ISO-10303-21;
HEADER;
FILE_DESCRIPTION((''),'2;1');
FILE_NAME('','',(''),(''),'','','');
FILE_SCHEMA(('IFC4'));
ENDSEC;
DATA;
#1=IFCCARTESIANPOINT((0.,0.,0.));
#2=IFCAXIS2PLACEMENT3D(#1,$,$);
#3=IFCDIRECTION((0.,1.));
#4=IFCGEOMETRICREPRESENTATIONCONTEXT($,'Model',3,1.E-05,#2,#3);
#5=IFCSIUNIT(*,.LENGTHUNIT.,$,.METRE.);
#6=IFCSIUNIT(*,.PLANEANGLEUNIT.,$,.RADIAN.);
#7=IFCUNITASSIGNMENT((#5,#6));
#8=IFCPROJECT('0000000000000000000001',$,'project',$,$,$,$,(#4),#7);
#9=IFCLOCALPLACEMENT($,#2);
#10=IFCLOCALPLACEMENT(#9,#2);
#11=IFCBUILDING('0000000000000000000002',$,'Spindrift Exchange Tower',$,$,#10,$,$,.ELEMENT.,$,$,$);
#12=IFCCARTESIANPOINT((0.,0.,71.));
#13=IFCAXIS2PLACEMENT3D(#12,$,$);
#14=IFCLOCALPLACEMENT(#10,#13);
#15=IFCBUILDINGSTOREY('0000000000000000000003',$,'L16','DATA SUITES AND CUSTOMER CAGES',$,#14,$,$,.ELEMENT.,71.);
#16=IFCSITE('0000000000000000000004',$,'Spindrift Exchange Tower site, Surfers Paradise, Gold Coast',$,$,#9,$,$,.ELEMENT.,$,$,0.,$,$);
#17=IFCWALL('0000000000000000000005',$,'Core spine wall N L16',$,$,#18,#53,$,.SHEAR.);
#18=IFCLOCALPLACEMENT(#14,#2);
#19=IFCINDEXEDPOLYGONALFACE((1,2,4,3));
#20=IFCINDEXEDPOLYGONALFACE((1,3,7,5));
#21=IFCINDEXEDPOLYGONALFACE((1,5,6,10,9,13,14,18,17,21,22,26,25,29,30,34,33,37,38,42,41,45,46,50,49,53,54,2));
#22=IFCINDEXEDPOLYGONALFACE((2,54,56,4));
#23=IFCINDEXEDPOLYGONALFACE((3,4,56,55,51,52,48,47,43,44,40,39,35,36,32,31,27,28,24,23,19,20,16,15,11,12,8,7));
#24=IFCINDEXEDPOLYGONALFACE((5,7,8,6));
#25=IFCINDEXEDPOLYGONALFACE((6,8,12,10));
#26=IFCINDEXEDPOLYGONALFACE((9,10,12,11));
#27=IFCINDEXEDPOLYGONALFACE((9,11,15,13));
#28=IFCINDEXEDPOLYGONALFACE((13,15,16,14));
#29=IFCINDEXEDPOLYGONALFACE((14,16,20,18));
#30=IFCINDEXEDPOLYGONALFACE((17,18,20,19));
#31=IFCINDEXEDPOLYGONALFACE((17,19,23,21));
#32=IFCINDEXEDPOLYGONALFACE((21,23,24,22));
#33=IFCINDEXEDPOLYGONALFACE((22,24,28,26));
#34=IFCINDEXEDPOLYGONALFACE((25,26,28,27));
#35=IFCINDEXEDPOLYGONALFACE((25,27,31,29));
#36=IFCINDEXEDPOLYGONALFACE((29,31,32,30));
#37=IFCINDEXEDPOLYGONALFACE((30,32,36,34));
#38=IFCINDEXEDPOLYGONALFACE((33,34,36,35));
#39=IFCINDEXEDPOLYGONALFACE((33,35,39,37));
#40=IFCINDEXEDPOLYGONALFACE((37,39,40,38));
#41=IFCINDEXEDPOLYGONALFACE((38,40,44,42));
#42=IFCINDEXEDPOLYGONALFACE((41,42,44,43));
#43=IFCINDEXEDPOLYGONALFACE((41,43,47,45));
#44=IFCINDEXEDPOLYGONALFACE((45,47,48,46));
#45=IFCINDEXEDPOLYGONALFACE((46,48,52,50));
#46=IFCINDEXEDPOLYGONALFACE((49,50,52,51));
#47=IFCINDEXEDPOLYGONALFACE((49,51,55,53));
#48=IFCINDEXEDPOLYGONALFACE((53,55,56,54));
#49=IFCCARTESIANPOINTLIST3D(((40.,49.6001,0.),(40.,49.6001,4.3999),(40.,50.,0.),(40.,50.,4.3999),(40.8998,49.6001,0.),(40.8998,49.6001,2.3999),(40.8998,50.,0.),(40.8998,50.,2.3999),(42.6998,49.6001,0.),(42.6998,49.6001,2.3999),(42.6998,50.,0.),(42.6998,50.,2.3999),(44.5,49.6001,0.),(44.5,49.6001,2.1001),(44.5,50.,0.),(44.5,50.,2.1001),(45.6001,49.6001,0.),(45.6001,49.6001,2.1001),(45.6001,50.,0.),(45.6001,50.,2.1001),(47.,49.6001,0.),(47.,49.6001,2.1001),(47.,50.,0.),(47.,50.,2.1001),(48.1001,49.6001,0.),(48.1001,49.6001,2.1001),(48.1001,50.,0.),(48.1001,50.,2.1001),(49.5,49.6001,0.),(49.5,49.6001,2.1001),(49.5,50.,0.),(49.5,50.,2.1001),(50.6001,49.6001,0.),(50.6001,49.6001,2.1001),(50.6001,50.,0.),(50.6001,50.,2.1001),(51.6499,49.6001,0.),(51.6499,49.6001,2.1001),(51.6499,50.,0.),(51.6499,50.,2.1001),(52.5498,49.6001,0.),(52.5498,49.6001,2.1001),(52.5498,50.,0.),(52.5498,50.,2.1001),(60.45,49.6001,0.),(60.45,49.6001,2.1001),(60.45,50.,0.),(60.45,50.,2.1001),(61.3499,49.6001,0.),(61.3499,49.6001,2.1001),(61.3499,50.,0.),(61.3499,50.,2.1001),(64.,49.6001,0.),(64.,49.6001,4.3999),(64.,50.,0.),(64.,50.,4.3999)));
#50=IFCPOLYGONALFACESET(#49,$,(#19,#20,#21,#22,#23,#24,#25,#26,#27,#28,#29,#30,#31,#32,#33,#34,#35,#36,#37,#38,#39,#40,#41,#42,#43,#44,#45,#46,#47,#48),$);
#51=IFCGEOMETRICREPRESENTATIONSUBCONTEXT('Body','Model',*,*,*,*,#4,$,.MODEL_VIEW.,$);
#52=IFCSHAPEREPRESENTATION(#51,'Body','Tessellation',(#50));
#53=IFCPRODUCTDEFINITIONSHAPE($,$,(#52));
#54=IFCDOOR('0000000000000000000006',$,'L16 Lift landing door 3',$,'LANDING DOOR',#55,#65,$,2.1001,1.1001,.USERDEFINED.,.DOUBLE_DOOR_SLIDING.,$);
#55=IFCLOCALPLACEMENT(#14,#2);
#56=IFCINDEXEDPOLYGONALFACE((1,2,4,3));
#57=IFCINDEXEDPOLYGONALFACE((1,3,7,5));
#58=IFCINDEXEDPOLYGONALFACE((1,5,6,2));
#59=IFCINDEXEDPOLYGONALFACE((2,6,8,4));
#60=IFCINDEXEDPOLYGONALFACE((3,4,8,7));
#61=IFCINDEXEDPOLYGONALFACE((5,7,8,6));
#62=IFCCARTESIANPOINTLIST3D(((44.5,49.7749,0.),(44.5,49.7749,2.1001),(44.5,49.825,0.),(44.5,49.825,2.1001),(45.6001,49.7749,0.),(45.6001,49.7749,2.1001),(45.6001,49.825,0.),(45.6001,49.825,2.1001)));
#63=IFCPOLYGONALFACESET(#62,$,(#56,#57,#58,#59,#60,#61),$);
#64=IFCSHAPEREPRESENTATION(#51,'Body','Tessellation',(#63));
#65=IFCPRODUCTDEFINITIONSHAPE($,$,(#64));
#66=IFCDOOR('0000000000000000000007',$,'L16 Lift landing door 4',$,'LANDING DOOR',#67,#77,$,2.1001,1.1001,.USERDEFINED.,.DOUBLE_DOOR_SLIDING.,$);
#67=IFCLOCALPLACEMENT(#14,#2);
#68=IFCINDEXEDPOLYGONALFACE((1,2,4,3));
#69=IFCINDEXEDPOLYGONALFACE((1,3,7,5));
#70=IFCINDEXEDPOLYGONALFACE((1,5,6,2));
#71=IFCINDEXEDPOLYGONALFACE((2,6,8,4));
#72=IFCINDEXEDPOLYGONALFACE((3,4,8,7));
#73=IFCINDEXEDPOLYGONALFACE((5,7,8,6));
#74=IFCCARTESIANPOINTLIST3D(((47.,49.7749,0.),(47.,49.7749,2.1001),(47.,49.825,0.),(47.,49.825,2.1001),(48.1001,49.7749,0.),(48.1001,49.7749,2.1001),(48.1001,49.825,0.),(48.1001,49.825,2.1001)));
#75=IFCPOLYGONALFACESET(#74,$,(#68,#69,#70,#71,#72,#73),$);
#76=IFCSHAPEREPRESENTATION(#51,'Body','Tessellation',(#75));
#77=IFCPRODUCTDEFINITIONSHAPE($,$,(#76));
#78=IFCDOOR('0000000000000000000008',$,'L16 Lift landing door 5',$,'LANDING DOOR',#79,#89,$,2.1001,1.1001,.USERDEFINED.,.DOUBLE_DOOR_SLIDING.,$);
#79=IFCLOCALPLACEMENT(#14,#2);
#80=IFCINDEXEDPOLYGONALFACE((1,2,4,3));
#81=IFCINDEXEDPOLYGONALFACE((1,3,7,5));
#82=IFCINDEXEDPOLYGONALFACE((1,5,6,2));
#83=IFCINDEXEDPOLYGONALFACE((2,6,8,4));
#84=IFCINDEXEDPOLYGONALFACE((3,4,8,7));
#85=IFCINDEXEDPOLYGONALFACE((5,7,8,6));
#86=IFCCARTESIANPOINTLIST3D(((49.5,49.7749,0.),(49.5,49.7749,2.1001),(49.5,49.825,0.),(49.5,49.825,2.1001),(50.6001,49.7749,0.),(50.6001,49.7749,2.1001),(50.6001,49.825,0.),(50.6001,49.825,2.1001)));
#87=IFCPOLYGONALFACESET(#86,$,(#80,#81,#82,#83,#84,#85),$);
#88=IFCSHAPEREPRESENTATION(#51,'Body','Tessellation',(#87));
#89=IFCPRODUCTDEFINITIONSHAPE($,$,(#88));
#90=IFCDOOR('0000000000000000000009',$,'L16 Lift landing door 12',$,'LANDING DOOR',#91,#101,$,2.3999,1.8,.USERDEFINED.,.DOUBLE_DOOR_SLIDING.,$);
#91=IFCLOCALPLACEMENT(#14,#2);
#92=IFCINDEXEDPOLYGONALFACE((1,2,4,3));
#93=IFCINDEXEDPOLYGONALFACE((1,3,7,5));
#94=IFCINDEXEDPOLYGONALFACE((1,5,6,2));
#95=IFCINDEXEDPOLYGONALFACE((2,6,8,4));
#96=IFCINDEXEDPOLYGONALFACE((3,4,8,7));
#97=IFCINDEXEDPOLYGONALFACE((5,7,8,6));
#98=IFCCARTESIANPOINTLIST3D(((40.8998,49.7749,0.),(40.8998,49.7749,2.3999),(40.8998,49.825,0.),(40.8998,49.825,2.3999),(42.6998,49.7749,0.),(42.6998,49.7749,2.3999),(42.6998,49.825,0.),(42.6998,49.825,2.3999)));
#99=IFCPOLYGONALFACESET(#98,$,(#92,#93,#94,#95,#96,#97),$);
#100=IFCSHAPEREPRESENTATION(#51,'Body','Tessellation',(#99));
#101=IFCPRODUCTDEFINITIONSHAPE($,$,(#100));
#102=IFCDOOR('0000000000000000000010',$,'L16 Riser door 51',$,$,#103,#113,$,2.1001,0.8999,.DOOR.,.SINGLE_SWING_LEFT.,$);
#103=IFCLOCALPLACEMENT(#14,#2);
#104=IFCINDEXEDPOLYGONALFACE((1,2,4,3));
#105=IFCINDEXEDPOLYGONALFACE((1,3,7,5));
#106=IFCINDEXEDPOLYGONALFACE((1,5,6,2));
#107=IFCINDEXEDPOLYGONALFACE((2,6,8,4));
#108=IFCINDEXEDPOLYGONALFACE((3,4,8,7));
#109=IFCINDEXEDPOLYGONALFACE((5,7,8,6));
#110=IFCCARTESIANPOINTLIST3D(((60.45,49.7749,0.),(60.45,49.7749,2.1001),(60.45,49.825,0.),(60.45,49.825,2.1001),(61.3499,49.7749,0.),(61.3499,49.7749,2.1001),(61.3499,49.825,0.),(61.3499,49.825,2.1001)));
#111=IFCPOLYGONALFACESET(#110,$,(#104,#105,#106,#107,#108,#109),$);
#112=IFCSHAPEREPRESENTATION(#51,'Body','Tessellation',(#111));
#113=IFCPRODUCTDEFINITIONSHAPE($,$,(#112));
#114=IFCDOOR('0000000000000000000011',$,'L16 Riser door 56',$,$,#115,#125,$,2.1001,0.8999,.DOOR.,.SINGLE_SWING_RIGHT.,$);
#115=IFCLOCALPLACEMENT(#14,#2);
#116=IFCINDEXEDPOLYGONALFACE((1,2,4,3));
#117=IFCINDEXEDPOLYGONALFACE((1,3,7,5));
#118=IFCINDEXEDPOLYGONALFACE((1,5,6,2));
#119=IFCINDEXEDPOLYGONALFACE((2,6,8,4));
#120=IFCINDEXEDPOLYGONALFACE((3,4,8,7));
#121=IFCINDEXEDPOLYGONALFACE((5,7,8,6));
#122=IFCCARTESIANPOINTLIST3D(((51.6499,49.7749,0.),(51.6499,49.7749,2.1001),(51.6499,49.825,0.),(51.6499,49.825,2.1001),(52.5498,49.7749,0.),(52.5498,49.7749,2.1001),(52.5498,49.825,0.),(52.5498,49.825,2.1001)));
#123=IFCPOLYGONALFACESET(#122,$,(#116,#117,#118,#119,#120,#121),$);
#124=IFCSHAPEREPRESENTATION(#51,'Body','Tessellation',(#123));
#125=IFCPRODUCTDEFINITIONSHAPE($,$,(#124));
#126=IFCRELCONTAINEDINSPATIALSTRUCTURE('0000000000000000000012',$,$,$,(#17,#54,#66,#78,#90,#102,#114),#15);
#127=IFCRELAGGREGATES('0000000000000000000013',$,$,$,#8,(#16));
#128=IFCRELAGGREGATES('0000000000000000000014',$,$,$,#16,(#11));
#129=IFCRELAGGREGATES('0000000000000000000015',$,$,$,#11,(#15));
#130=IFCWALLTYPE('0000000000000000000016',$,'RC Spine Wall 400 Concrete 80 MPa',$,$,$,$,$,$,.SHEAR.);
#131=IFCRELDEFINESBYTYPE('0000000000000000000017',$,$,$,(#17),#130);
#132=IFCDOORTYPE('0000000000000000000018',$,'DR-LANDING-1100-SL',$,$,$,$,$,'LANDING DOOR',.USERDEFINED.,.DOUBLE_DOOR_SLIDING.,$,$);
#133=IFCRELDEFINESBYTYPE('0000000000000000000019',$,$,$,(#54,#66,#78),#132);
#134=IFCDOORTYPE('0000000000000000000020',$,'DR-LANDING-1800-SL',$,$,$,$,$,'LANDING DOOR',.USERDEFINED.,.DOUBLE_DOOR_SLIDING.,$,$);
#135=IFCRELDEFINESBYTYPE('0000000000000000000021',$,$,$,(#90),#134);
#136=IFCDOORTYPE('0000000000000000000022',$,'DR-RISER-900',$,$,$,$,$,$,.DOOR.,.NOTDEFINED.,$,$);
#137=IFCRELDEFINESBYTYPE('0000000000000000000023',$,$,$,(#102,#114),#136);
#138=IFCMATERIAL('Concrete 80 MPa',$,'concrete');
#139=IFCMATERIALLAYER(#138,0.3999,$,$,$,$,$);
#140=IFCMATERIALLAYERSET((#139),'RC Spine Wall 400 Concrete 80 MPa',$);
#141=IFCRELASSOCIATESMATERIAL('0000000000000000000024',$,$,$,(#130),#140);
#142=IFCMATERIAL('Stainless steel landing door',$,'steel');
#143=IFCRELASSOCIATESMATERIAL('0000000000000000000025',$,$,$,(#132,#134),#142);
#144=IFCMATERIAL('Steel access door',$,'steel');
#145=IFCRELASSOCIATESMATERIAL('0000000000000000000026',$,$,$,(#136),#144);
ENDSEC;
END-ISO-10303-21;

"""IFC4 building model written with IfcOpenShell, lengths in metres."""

from ifc_helpers import new_model, si_unit, direction, frame, frame_2d, origin, place, context, subcontext, project, spatial, rectangle, extrude, source, transform, mapped, material, layer, layer_set, type_object, element, fill, save


model = new_model("IFC4")

# Units and contexts
model_context = context("Model", 3, precision=1e-05, world=origin(), true_north=direction((0.0, 1.0)))
body_context = subcontext(model_context, "Body", "Model", "MODEL_VIEW")
ifc_project = project(units=[si_unit("LENGTHUNIT", "METRE"), si_unit("PLANEANGLEUNIT", "RADIAN")], contexts=[model_context])

# Site, building, storey
site_placement = place(None, origin())
site = spatial("IfcSite", under=ifc_project, at=site_placement, Name="Spindrift Exchange Tower site, Surfers Paradise, Gold Coast", CompositionType="ELEMENT", RefElevation=0.0)
building_placement = place(site_placement, origin())
building = spatial("IfcBuilding", under=site, at=building_placement, Name="Spindrift Exchange Tower", CompositionType="ELEMENT")
storey_placement = place(building_placement, frame((0.0, 0.0, 71.0)))
storey = spatial("IfcBuildingStorey", under=building, at=storey_placement, Name="L16", Description="DATA SUITES AND CUSTOMER CAGES", CompositionType="ELEMENT", Elevation=71.0)

# Wall, openings, doors
ifc_material_1 = material(Name="Concrete 80 MPa", Category="concrete")
ifc_layer_1 = layer(ifc_material_1, 0.3999)
ifc_layer_set_1 = layer_set([ifc_layer_1], Name="RC Spine Wall 400 Concrete 80 MPa")
wall_type_1 = type_object("IfcWallType", Name="RC Spine Wall 400 Concrete 80 MPa", PredefinedType="SHEAR", material=ifc_layer_set_1)
wall_1_placement = place(storey_placement, frame((40.0, 49.8, 0.0), z_axis=(0.0, 0.0, 1.0), x_axis=(1.0, 0.0, 0.0)))
wall_1 = element("IfcWall", 1, at=wall_1_placement, inside=storey, type_object=wall_type_1, Name="Core spine wall N L16", PredefinedType="SHEAR", context=body_context, shape_type="SweptSolid", body=[
    extrude(rectangle(XDim=24.0, YDim=0.3999, at=frame_2d((12.0, 0.0))), origin(), (0.0, 0.0, 1.0), 4.3999),
])
opening_1_placement = place(wall_1_placement, frame((4.5, 0.0, 0.0)))
opening_1 = element("IfcOpeningElement", 2, at=opening_1_placement, cuts=wall_1, PredefinedType="OPENING", context=body_context, shape_type="SweptSolid", body=[
    extrude(rectangle(XDim=1.1001, YDim=2.1001, at=frame_2d((0.55, 1.05))), frame((0.0, 0.21, 0.0), z_axis=(0.0, -1.0, 0.0), x_axis=(1.0, 0.0, 0.0)), (0.0, 0.0, 1.0), 0.4199),
])
opening_2_placement = place(wall_1_placement, frame((7.0, 0.0, 0.0)))
opening_2 = element("IfcOpeningElement", 3, at=opening_2_placement, cuts=wall_1, PredefinedType="OPENING", context=body_context, shape_type="SweptSolid", body=[
    extrude(rectangle(XDim=1.1001, YDim=2.1001, at=frame_2d((0.55, 1.05))), frame((0.0, 0.21, 0.0), z_axis=(0.0, -1.0, 0.0), x_axis=(1.0, 0.0, 0.0)), (0.0, 0.0, 1.0), 0.4199),
])
opening_3_placement = place(wall_1_placement, frame((9.5, 0.0, 0.0)))
opening_3 = element("IfcOpeningElement", 4, at=opening_3_placement, cuts=wall_1, PredefinedType="OPENING", context=body_context, shape_type="SweptSolid", body=[
    extrude(rectangle(XDim=1.1001, YDim=2.1001, at=frame_2d((0.55, 1.05))), frame((0.0, 0.21, 0.0), z_axis=(0.0, -1.0, 0.0), x_axis=(1.0, 0.0, 0.0)), (0.0, 0.0, 1.0), 0.4199),
])
opening_4_placement = place(wall_1_placement, frame((0.8999, 0.0, 0.0)))
opening_4 = element("IfcOpeningElement", 5, at=opening_4_placement, cuts=wall_1, PredefinedType="OPENING", context=body_context, shape_type="SweptSolid", body=[
    extrude(rectangle(XDim=1.8, YDim=2.3999, at=frame_2d((0.8999, 1.2))), frame((0.0, 0.21, 0.0), z_axis=(0.0, -1.0, 0.0), x_axis=(1.0, 0.0, 0.0)), (0.0, 0.0, 1.0), 0.4199),
])
opening_5_placement = place(wall_1_placement, frame((20.45, 0.0, 0.0)))
opening_5 = element("IfcOpeningElement", 6, at=opening_5_placement, cuts=wall_1, PredefinedType="OPENING", context=body_context, shape_type="SweptSolid", body=[
    extrude(rectangle(XDim=0.8999, YDim=2.1001, at=frame_2d((0.45, 1.05))), frame((0.0, 0.21, 0.0), z_axis=(0.0, -1.0, 0.0), x_axis=(1.0, 0.0, 0.0)), (0.0, 0.0, 1.0), 0.4199),
])
opening_6_placement = place(wall_1_placement, frame((11.6499, 0.0, 0.0)))
opening_6 = element("IfcOpeningElement", 7, at=opening_6_placement, cuts=wall_1, PredefinedType="OPENING", context=body_context, shape_type="SweptSolid", body=[
    extrude(rectangle(XDim=0.8999, YDim=2.1001, at=frame_2d((0.45, 1.05))), frame((0.0, 0.21, 0.0), z_axis=(0.0, -1.0, 0.0), x_axis=(1.0, 0.0, 0.0)), (0.0, 0.0, 1.0), 0.4199),
])
ifc_material_2 = material(Name="Stainless steel landing door", Category="steel")
door_type_1 = type_object("IfcDoorType", Name="DR-LANDING-1100-SL", ElementType="LANDING DOOR", OperationType="DOUBLE_DOOR_SLIDING", PredefinedType="USERDEFINED", material=ifc_material_2)
shared_shape_1 = source(origin(), body_context, "Body", "SweptSolid", [
    extrude(rectangle(XDim=1.1001, YDim=2.1001, at=frame_2d((0.55, 1.05))), frame((0.0, 0.0249, 0.0), z_axis=(0.0, -1.0, 0.0), x_axis=(1.0, 0.0, 0.0)), (0.0, 0.0, 1.0), 0.05),
])
door_1_placement = place(opening_1_placement, origin())
door_1 = element("IfcDoor", 8, at=door_1_placement, inside=storey, type_object=door_type_1, Name="L16 Lift landing door 3", ObjectType="LANDING DOOR", OperationType="DOUBLE_DOOR_SLIDING", OverallHeight=2.1001, OverallWidth=1.1001, PredefinedType="USERDEFINED", context=body_context, shape_type="MappedRepresentation", body=[
    mapped(shared_shape_1, transform((0.0, 0.0, 0.0), scale=1.0)),
])
fill(opening_1, door_1)
door_2_placement = place(opening_2_placement, origin())
door_2 = element("IfcDoor", 9, at=door_2_placement, inside=storey, type_object=door_type_1, Name="L16 Lift landing door 4", ObjectType="LANDING DOOR", OperationType="DOUBLE_DOOR_SLIDING", OverallHeight=2.1001, OverallWidth=1.1001, PredefinedType="USERDEFINED", context=body_context, shape_type="MappedRepresentation", body=[
    mapped(shared_shape_1, transform((0.0, 0.0, 0.0), scale=1.0)),
])
fill(opening_2, door_2)
door_3_placement = place(opening_3_placement, origin())
door_3 = element("IfcDoor", 10, at=door_3_placement, inside=storey, type_object=door_type_1, Name="L16 Lift landing door 5", ObjectType="LANDING DOOR", OperationType="DOUBLE_DOOR_SLIDING", OverallHeight=2.1001, OverallWidth=1.1001, PredefinedType="USERDEFINED", context=body_context, shape_type="MappedRepresentation", body=[
    mapped(shared_shape_1, transform((0.0, 0.0, 0.0), scale=1.0)),
])
fill(opening_3, door_3)
door_type_2 = type_object("IfcDoorType", Name="DR-LANDING-1800-SL", ElementType="LANDING DOOR", OperationType="DOUBLE_DOOR_SLIDING", PredefinedType="USERDEFINED", material=ifc_material_2)
shared_shape_2 = source(origin(), body_context, "Body", "SweptSolid", [
    extrude(rectangle(XDim=1.8, YDim=2.3999, at=frame_2d((0.8999, 1.2))), frame((0.0, 0.0249, 0.0), z_axis=(0.0, -1.0, 0.0), x_axis=(1.0, 0.0, 0.0)), (0.0, 0.0, 1.0), 0.05),
])
door_4_placement = place(opening_4_placement, origin())
door_4 = element("IfcDoor", 11, at=door_4_placement, inside=storey, type_object=door_type_2, Name="L16 Lift landing door 12", ObjectType="LANDING DOOR", OperationType="DOUBLE_DOOR_SLIDING", OverallHeight=2.3999, OverallWidth=1.8, PredefinedType="USERDEFINED", context=body_context, shape_type="MappedRepresentation", body=[
    mapped(shared_shape_2, transform((0.0, 0.0, 0.0), scale=1.0)),
])
fill(opening_4, door_4)
ifc_material_3 = material(Name="Steel access door", Category="steel")
door_type_3 = type_object("IfcDoorType", Name="DR-RISER-900", OperationType="NOTDEFINED", PredefinedType="DOOR", material=ifc_material_3)
shared_shape_3 = source(origin(), body_context, "Body", "SweptSolid", [
    extrude(rectangle(XDim=0.8999, YDim=2.1001, at=frame_2d((0.45, 1.05))), frame((0.0, 0.0249, 0.0), z_axis=(0.0, -1.0, 0.0), x_axis=(1.0, 0.0, 0.0)), (0.0, 0.0, 1.0), 0.05),
])
door_5_placement = place(opening_5_placement, origin())
door_5 = element("IfcDoor", 12, at=door_5_placement, inside=storey, type_object=door_type_3, Name="L16 Riser door 51", OperationType="SINGLE_SWING_LEFT", OverallHeight=2.1001, OverallWidth=0.8999, PredefinedType="DOOR", context=body_context, shape_type="MappedRepresentation", body=[
    mapped(shared_shape_3, transform((0.0, 0.0, 0.0), scale=1.0)),
])
fill(opening_5, door_5)
door_6_placement = place(opening_6_placement, origin())
door_6 = element("IfcDoor", 13, at=door_6_placement, inside=storey, type_object=door_type_3, Name="L16 Riser door 56", OperationType="SINGLE_SWING_RIGHT", OverallHeight=2.1001, OverallWidth=0.8999, PredefinedType="DOOR", context=body_context, shape_type="MappedRepresentation", body=[
    mapped(shared_shape_3, transform((0.0, 0.0, 0.0), scale=1.0)),
])
fill(opening_6, door_6)

save(model, "model.ifc")
